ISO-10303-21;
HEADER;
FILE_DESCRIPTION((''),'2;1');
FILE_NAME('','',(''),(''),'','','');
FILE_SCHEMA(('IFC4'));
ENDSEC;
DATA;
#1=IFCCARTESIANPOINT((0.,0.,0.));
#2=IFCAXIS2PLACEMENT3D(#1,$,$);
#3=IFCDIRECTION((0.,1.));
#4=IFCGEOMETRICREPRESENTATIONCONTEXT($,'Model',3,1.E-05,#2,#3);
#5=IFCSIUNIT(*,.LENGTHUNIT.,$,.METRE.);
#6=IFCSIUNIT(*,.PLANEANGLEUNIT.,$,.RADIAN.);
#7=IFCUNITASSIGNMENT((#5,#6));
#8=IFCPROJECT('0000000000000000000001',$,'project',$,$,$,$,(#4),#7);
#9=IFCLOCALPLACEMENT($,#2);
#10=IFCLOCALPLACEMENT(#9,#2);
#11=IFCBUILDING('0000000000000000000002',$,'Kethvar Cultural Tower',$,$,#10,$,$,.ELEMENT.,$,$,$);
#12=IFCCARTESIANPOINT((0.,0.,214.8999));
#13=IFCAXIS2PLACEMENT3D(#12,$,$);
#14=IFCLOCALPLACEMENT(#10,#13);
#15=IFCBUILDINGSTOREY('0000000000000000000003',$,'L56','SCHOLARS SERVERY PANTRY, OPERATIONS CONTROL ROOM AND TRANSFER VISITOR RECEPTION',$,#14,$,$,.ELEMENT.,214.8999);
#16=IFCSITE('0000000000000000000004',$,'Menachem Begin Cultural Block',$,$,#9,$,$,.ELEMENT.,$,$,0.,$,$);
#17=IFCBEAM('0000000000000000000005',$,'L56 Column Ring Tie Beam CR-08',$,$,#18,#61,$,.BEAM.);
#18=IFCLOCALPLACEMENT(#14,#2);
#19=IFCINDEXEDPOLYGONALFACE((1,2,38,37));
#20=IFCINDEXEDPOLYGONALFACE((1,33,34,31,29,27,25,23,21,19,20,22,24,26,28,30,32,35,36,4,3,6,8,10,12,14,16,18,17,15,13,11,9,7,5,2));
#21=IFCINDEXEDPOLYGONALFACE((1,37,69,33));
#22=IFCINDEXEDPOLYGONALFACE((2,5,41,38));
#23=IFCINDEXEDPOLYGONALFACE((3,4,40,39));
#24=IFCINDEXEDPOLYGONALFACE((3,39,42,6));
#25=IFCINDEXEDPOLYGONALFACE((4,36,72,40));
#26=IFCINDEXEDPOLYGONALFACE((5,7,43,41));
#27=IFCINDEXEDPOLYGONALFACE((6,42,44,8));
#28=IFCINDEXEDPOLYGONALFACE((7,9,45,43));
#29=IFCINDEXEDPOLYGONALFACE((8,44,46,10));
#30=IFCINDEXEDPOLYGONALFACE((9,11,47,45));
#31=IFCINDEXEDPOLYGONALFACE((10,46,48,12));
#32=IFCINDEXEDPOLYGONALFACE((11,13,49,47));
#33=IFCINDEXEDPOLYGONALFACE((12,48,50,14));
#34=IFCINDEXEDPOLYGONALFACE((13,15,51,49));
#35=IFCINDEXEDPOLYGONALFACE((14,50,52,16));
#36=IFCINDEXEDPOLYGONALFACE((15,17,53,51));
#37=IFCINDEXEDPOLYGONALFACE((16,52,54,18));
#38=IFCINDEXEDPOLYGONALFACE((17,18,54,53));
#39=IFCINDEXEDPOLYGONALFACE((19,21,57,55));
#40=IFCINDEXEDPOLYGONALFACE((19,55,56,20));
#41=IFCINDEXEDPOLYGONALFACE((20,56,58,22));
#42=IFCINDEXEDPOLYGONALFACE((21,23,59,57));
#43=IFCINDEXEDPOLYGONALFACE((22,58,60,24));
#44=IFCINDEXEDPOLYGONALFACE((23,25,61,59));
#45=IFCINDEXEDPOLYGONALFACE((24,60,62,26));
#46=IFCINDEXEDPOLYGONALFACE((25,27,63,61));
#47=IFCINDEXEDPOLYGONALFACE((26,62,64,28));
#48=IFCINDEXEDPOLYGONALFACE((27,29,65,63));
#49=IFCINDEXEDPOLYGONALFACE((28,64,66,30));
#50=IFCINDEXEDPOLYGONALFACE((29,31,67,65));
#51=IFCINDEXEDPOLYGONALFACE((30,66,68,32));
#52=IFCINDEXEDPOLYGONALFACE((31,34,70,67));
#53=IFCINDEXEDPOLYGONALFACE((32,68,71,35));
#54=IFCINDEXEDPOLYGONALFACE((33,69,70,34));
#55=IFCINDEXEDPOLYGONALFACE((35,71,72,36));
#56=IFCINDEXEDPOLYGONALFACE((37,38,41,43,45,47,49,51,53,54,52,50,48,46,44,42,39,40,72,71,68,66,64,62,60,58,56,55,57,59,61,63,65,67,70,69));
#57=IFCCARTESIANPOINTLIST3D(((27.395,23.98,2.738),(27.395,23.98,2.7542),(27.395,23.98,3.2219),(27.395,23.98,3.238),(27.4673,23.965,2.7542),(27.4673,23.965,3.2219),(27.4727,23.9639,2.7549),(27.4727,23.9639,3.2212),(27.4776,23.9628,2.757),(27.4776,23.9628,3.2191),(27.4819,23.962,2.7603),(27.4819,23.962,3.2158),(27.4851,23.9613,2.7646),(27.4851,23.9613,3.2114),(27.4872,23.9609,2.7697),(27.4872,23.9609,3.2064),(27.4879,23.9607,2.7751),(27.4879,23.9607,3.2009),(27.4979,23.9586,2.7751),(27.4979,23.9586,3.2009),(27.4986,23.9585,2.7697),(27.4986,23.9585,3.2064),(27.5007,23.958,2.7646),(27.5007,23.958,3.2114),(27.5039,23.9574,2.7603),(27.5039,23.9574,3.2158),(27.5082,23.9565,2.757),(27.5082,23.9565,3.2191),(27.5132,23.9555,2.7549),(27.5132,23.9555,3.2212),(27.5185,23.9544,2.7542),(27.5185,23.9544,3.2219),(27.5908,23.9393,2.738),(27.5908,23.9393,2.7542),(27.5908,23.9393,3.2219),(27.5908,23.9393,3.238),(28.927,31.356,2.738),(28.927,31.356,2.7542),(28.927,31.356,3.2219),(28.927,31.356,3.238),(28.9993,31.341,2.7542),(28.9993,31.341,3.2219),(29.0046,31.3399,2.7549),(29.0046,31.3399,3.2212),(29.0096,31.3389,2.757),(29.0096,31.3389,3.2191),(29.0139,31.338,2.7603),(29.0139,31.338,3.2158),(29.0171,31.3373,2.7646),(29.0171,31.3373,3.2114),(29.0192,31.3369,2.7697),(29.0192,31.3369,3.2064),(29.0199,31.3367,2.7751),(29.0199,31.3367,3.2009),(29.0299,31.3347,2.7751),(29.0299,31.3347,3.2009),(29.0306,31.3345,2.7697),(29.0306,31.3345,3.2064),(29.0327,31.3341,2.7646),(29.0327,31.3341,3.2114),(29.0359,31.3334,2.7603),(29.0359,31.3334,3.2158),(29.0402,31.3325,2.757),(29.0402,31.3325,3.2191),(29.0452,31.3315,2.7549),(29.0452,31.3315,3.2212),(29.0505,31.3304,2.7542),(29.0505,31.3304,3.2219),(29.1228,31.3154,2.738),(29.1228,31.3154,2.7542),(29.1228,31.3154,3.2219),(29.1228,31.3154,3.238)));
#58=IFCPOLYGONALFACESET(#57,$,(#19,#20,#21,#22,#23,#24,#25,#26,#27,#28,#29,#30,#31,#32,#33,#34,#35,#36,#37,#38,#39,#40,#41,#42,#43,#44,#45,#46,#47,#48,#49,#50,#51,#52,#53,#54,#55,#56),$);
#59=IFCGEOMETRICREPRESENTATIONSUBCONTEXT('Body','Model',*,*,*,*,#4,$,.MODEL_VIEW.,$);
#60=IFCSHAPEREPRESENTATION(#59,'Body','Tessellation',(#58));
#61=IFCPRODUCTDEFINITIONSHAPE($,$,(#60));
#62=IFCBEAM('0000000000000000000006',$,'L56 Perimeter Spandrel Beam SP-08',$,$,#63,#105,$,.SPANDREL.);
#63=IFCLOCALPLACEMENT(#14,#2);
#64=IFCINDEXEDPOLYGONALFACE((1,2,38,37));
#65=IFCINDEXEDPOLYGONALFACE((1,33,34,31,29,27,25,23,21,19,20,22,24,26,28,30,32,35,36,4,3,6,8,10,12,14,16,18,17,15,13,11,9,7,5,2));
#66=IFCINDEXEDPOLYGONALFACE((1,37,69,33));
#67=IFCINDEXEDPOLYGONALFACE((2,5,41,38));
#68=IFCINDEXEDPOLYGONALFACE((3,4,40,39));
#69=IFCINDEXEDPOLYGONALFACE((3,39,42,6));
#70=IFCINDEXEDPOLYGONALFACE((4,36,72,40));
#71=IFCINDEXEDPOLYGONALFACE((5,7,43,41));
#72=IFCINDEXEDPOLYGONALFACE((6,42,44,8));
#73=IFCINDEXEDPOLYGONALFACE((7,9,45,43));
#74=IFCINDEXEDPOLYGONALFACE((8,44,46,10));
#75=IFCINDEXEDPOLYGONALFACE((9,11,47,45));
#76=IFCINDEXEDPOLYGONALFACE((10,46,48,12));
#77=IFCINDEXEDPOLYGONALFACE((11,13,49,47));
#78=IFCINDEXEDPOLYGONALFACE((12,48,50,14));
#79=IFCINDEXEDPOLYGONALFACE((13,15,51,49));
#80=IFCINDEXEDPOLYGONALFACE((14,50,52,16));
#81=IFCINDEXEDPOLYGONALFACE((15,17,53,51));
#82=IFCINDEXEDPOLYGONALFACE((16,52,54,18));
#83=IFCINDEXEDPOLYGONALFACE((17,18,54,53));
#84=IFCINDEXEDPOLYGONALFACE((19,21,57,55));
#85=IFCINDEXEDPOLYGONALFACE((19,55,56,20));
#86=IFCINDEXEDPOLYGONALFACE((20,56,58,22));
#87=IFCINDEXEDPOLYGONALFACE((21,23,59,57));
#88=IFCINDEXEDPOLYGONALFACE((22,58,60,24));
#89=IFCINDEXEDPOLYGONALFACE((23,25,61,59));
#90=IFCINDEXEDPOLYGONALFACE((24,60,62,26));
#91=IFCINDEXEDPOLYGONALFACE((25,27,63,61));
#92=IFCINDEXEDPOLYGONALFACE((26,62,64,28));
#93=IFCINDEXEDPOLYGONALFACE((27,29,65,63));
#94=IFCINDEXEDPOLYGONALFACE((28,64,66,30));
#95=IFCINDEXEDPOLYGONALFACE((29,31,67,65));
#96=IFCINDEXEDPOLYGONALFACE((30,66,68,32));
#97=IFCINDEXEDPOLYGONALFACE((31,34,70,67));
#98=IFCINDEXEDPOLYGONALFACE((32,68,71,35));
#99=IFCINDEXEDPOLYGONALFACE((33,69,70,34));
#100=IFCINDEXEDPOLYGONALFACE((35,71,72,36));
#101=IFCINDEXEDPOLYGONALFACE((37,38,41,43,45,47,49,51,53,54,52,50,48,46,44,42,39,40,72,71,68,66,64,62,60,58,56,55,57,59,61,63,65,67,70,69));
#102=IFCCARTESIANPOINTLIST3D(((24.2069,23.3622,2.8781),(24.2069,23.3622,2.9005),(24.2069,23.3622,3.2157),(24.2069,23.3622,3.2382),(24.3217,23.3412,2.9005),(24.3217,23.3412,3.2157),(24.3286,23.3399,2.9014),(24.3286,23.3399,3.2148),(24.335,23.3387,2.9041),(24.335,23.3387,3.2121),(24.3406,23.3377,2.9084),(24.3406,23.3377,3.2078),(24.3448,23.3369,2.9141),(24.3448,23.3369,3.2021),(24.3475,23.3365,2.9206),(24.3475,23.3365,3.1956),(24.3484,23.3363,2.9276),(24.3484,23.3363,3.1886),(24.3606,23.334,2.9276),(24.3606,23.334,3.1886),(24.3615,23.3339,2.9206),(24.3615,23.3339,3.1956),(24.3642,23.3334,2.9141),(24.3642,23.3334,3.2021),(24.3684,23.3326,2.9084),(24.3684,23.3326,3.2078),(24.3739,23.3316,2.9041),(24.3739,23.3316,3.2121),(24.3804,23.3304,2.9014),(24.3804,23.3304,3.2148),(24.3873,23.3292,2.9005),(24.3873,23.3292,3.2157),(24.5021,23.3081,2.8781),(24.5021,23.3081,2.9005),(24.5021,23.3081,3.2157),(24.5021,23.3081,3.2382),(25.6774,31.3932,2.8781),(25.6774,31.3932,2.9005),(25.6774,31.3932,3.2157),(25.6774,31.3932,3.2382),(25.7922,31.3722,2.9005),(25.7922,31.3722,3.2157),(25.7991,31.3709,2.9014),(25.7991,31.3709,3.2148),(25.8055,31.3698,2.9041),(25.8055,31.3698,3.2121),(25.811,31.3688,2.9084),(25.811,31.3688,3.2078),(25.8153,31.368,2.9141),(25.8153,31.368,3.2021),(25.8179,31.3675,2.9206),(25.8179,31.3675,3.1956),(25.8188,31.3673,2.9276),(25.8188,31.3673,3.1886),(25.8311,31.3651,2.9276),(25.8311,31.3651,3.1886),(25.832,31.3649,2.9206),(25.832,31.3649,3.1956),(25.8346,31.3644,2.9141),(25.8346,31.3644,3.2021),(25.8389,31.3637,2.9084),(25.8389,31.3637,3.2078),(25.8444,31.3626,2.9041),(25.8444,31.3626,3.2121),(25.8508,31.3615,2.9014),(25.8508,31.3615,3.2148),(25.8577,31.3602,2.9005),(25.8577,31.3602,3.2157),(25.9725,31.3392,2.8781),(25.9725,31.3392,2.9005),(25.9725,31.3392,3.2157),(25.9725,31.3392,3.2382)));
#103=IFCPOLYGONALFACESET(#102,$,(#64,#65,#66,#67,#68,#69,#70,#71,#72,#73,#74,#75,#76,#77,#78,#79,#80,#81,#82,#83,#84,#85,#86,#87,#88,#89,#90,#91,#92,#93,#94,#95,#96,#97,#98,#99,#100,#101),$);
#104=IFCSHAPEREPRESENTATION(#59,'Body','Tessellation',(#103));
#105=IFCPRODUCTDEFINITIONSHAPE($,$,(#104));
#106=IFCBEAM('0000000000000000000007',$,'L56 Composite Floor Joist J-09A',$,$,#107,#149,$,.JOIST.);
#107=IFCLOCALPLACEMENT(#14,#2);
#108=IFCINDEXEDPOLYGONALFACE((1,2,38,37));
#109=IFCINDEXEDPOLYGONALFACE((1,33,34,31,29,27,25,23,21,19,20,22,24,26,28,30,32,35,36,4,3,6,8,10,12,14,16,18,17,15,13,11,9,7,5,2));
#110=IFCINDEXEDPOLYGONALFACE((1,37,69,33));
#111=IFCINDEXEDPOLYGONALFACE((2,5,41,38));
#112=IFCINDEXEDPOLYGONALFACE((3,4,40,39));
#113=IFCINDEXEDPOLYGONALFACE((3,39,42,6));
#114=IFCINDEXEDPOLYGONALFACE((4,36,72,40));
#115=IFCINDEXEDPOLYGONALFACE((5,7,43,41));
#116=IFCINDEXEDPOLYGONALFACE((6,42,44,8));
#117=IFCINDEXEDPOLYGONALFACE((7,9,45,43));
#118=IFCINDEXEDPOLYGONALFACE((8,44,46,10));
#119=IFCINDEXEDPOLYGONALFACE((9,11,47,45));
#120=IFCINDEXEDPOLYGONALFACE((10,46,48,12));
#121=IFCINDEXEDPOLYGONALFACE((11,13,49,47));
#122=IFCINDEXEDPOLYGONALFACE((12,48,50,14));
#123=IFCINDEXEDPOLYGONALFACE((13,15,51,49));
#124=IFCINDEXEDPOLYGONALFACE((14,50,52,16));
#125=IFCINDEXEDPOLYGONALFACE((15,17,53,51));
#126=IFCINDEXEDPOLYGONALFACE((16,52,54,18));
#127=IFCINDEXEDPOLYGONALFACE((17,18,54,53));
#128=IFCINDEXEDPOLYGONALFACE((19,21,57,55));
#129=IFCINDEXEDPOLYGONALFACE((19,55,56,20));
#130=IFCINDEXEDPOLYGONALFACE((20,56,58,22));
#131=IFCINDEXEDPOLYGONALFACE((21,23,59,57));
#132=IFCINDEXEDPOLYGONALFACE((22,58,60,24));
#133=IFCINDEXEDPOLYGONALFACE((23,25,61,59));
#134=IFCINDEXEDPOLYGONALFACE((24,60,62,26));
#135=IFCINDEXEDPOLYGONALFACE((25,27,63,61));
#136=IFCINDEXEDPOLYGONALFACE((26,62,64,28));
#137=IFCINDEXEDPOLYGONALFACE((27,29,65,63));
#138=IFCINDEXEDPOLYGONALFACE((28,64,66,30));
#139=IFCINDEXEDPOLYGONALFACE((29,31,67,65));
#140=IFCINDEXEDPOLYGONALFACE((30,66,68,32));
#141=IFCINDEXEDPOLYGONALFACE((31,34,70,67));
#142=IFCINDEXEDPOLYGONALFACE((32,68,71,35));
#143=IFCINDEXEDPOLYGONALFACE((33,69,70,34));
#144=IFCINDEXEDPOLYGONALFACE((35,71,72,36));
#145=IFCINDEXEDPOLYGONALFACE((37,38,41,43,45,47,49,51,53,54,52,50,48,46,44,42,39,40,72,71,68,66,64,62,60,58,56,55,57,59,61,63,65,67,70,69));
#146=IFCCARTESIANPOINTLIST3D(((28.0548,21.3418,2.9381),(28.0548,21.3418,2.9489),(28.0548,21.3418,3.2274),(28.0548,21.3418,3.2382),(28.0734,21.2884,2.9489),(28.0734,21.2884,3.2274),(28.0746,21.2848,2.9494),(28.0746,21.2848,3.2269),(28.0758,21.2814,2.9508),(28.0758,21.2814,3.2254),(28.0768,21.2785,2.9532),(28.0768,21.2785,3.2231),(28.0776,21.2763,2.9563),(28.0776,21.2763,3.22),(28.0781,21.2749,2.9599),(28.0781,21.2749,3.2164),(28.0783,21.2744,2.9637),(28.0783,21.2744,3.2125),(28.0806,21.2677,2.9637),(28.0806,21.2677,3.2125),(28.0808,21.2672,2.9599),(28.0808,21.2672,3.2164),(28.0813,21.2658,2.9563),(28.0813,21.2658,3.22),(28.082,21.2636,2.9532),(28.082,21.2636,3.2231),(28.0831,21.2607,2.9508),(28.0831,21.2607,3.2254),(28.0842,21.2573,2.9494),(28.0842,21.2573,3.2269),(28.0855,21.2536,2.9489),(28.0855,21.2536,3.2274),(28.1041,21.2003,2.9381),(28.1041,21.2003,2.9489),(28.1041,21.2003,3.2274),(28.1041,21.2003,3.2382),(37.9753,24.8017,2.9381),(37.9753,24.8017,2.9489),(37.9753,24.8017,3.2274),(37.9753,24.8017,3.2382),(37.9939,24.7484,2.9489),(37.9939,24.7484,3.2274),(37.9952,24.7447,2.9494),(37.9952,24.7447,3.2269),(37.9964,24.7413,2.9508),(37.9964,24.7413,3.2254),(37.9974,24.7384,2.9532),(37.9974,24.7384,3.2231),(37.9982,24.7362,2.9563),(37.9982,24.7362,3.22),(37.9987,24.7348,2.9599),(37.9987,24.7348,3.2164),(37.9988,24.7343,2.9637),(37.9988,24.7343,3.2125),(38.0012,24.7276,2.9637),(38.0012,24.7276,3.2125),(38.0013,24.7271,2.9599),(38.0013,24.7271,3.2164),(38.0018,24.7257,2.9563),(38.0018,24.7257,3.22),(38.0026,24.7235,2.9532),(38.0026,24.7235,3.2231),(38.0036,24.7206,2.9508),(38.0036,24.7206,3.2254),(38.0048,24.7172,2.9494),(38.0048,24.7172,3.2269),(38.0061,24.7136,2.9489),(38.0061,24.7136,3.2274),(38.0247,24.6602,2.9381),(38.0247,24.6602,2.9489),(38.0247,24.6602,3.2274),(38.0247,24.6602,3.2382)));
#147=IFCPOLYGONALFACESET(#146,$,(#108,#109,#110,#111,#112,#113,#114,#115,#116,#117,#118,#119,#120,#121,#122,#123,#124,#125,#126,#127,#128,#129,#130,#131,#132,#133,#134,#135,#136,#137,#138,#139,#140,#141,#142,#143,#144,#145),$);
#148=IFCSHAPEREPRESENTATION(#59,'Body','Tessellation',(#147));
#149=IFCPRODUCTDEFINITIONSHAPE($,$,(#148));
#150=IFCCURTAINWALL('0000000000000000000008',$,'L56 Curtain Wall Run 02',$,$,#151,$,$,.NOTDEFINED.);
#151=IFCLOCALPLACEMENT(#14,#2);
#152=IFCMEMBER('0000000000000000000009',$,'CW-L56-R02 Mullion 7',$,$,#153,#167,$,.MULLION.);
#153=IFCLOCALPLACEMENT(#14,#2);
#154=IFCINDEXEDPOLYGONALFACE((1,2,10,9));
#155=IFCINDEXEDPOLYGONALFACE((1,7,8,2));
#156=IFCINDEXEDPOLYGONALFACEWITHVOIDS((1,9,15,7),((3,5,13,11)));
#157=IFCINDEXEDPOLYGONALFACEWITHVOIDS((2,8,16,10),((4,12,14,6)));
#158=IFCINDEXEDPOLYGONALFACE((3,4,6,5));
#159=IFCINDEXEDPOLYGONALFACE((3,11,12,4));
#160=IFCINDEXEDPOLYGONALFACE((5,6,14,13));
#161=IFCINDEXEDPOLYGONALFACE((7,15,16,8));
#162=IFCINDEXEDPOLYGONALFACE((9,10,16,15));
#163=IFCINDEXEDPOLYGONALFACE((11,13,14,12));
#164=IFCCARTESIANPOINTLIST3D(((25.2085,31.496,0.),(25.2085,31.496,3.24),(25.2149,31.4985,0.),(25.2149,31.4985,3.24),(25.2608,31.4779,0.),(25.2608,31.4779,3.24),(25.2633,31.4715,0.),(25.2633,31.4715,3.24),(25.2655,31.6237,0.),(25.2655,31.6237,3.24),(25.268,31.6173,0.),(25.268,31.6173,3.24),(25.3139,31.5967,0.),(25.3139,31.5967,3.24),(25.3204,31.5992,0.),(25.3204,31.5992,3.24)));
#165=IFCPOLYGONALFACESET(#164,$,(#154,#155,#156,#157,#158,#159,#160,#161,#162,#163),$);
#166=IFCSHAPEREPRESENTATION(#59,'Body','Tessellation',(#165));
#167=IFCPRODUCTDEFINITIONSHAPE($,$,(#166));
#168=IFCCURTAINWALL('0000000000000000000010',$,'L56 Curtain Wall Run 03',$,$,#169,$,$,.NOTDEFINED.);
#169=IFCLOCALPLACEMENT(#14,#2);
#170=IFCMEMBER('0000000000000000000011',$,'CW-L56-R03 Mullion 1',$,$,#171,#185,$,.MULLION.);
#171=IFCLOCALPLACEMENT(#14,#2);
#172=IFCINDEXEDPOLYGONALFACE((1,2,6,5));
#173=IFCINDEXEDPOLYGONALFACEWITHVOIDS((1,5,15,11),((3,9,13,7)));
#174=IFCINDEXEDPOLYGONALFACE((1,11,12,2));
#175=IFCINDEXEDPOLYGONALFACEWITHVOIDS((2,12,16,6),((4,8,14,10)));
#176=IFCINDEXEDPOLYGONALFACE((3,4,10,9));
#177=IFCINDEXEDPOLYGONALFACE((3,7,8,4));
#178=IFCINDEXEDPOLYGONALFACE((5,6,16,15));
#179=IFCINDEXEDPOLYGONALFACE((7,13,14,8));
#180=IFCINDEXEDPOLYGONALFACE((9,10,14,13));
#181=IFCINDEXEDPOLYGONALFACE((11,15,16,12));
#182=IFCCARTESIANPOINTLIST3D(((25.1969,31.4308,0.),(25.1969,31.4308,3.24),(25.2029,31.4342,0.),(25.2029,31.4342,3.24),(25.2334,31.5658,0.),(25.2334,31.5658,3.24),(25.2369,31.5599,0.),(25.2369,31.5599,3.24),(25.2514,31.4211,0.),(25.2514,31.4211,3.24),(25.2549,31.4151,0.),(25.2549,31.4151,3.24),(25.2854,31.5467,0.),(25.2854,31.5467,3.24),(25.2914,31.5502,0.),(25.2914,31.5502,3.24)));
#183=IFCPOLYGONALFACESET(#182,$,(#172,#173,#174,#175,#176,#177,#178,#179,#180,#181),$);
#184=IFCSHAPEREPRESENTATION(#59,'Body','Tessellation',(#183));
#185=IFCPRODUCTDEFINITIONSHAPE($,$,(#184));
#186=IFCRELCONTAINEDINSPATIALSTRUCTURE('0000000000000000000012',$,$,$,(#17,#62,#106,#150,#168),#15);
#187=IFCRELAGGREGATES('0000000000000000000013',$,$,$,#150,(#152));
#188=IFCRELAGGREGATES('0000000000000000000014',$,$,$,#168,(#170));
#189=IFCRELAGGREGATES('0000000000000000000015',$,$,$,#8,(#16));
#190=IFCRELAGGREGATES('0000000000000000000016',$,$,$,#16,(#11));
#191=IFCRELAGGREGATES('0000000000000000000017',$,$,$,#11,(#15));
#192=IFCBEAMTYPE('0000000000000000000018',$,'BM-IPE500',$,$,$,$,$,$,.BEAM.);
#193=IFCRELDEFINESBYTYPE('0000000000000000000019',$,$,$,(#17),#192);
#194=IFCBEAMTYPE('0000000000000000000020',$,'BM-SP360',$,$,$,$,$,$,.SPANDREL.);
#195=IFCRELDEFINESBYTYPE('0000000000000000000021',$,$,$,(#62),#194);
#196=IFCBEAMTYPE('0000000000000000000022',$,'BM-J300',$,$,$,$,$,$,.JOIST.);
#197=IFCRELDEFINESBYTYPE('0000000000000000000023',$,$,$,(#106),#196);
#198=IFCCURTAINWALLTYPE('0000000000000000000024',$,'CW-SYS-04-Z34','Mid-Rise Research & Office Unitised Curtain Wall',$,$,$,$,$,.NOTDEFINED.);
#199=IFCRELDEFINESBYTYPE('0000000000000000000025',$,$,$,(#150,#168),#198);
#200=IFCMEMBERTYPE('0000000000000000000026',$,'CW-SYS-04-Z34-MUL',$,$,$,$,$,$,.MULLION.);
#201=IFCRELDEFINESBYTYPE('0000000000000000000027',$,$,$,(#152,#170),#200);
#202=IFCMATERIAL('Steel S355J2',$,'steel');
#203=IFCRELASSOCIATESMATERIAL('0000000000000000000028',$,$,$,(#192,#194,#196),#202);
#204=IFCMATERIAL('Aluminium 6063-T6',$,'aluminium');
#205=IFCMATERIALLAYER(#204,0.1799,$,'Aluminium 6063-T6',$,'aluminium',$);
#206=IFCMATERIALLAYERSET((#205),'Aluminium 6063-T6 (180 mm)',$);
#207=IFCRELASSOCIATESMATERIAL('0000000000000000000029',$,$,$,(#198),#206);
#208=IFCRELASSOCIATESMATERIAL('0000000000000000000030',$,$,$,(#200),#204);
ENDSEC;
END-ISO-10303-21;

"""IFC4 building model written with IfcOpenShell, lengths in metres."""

from ifc_helpers import new_model, si_unit, direction, frame, origin, origin_2d, place, context, subcontext, project, spatial, hollow_rectangle, i_section, extrude, source, transform, mapped, material, layer, layer_set, material_profile, profile_set, type_object, element, aggregate, save


model = new_model("IFC4")

# Units and contexts
model_context = context("Model", 3, precision=1e-05, world=origin(), true_north=direction((0.0, 1.0)))
body_context = subcontext(model_context, "Body", "Model", "MODEL_VIEW")
ifc_project = project(units=[si_unit("LENGTHUNIT", "METRE"), si_unit("PLANEANGLEUNIT", "RADIAN")], contexts=[model_context])

# Site, building, storey
site_placement = place(None, origin())
site = spatial("IfcSite", under=ifc_project, at=site_placement, Name="Menachem Begin Cultural Block", CompositionType="ELEMENT", RefElevation=0.0)
building_placement = place(site_placement, origin())
building = spatial("IfcBuilding", under=site, at=building_placement, Name="Kethvar Cultural Tower", CompositionType="ELEMENT")
storey_placement = place(building_placement, frame((0.0, 0.0, 214.8999)))
storey = spatial("IfcBuildingStorey", under=building, at=storey_placement, Name="L56", Description="SCHOLARS SERVERY PANTRY, OPERATIONS CONTROL ROOM AND TRANSFER VISITOR RECEPTION", CompositionType="ELEMENT", Elevation=214.8999)

# Beams
ifc_material_1 = material(Name="Steel S355J2", Category="steel")
ifc_material_profile_1 = material_profile(ifc_material_1, i_section(OverallWidth=0.2, OverallDepth=0.5, WebThickness=0.0103, FlangeThickness=0.0161, FilletRadius=0.021, at=origin_2d()), Name="Steel S355J2 — IPE500")
ifc_profile_set_1 = profile_set([ifc_material_profile_1], Name="Steel S355J2 — IPE500")
beam_type_1 = type_object("IfcBeamType", Name="BM-IPE500", PredefinedType="BEAM", material=ifc_profile_set_1)
shared_shape_1 = source(origin(), body_context, "Body", "SweptSolid", [
    extrude(i_section(OverallWidth=0.2, OverallDepth=0.5, WebThickness=0.0103, FlangeThickness=0.0161, FilletRadius=0.021, at=origin_2d()), origin(), (0.0, 0.0, 1.0), 7.5334),
])
beam_1_placement = place(storey_placement, frame((29.0249, 31.3357, 2.988), z_axis=(-0.203359, -0.979104, 0.0), x_axis=(0.979104, -0.203359, 0.0)))
element("IfcBeam", 1, at=beam_1_placement, inside=storey, type_object=beam_type_1, Name="L56 Column Ring Tie Beam CR-08", PredefinedType="BEAM", context=body_context, shape_type="MappedRepresentation", body=[
    mapped(shared_shape_1, transform((0.0, 0.0, 0.0), scale=1.0)),
])
ifc_material_profile_2 = material_profile(ifc_material_1, i_section(OverallWidth=0.3, OverallDepth=0.3601, WebThickness=0.0125, FlangeThickness=0.0225, FilletRadius=0.0271, at=origin_2d()), Name="Steel S355J2 — HEB360")
ifc_profile_set_2 = profile_set([ifc_material_profile_2], Name="Steel S355J2 — HEB360")
beam_type_2 = type_object("IfcBeamType", Name="BM-SP360", PredefinedType="SPANDREL", material=ifc_profile_set_2)
shared_shape_2 = source(origin(), body_context, "Body", "SweptSolid", [
    extrude(i_section(OverallWidth=0.3, OverallDepth=0.3601, WebThickness=0.0125, FlangeThickness=0.0225, FilletRadius=0.0271, at=origin_2d()), origin(), (0.0, 0.0, 1.0), 8.1646),
])
beam_2_placement = place(storey_placement, frame((25.825, 31.3662, 3.0581), z_axis=(-0.180104, -0.983648, 0.0), x_axis=(0.983648, -0.180104, 0.0)))
element("IfcBeam", 2, at=beam_2_placement, inside=storey, type_object=beam_type_2, Name="L56 Perimeter Spandrel Beam SP-08", PredefinedType="SPANDREL", context=body_context, shape_type="MappedRepresentation", body=[
    mapped(shared_shape_2, transform((0.0, 0.0, 0.0), scale=1.0)),
])
ifc_material_profile_3 = material_profile(ifc_material_1, i_section(OverallWidth=0.1499, OverallDepth=0.3, WebThickness=0.0071, FlangeThickness=0.0107, FilletRadius=0.0149, at=origin_2d()), Name="Steel S355J2 — IPE300")
ifc_profile_set_3 = profile_set([ifc_material_profile_3], Name="Steel S355J2 — IPE300")
beam_type_3 = type_object("IfcBeamType", Name="BM-J300", PredefinedType="JOIST", material=ifc_profile_set_3)
shared_shape_3 = source(origin(), body_context, "Body", "SweptSolid", [
    extrude(i_section(OverallWidth=0.1499, OverallDepth=0.3, WebThickness=0.0071, FlangeThickness=0.0107, FilletRadius=0.0149, at=origin_2d()), origin(), (0.0, 0.0, 1.0), 10.5066),
])
beam_3_placement = place(storey_placement, frame((38.0, 24.731, 3.0881), z_axis=(-0.944222, -0.32931, 0.0), x_axis=(0.32931, -0.944222, 0.0)))
element("IfcBeam", 3, at=beam_3_placement, inside=storey, type_object=beam_type_3, Name="L56 Composite Floor Joist J-09A", PredefinedType="JOIST", context=body_context, shape_type="MappedRepresentation", body=[
    mapped(shared_shape_3, transform((0.0, 0.0, 0.0), scale=1.0)),
])

# Curtain wall, member
ifc_material_2 = material(Name="Aluminium 6063-T6", Category="aluminium")
ifc_layer_1 = layer(ifc_material_2, 0.1799, Name="Aluminium 6063-T6", Category="aluminium")
ifc_layer_set_1 = layer_set([ifc_layer_1], Name="Aluminium 6063-T6 (180 mm)")
curtain_wall_type = type_object("IfcCurtainWallType", Name="CW-SYS-04-Z34", Description="Mid-Rise Research & Office Unitised Curtain Wall", PredefinedType="NOTDEFINED", material=ifc_layer_set_1)
curtain_wall_1_placement = place(storey_placement, origin())
curtain_wall_1 = element("IfcCurtainWall", 4, at=curtain_wall_1_placement, inside=storey, type_object=curtain_wall_type, Name="L56 Curtain Wall Run 02", PredefinedType="NOTDEFINED")
ifc_material_profile_4 = material_profile(ifc_material_2, hollow_rectangle(XDim=0.0601, YDim=0.1399, WallThickness=0.0049, at=origin_2d()), Name="Aluminium 6063-T6 — RHS140x60x5")
ifc_profile_set_4 = profile_set([ifc_material_profile_4], Name="Aluminium 6063-T6 — RHS140x60x5")
member_type_1 = type_object("IfcMemberType", Name="CW-SYS-04-Z34-MUL", PredefinedType="MULLION", material=ifc_profile_set_4)
shared_shape_4 = source(origin(), body_context, "Body", "SweptSolid", [
    extrude(hollow_rectangle(XDim=0.0601, YDim=0.1399, WallThickness=0.0049, at=origin_2d()), origin(), (0.0, 0.0, 1.0), 3.24),
])
member_1_placement = place(storey_placement, frame((25.2644, 31.5476, 0.0), z_axis=(0.0, 0.0, 1.0), x_axis=(0.912984, -0.407996, 0.0)))
member_1 = element("IfcMember", 5, at=member_1_placement, type_object=member_type_1, Name="CW-L56-R02 Mullion 7", PredefinedType="MULLION", context=body_context, shape_type="MappedRepresentation", body=[
    mapped(shared_shape_4, transform((0.0, 0.0, 0.0), scale=1.0)),
])

# Curtain wall, member
curtain_wall_2_placement = place(storey_placement, origin())
curtain_wall_2 = element("IfcCurtainWall", 6, at=curtain_wall_2_placement, inside=storey, type_object=curtain_wall_type, Name="L56 Curtain Wall Run 03", PredefinedType="NOTDEFINED")
member_2_placement = place(storey_placement, frame((25.2441, 31.4905, 0.0), z_axis=(0.0, 0.0, 1.0), x_axis=(0.965272, -0.261246, 0.0)))
member_2 = element("IfcMember", 7, at=member_2_placement, type_object=member_type_1, Name="CW-L56-R03 Mullion 1", PredefinedType="MULLION", context=body_context, shape_type="MappedRepresentation", body=[
    mapped(shared_shape_4, transform((0.0, 0.0, 0.0), scale=1.0)),
])

aggregate(curtain_wall_1, [member_1])
aggregate(curtain_wall_2, [member_2])

save(model, "model.ifc")
